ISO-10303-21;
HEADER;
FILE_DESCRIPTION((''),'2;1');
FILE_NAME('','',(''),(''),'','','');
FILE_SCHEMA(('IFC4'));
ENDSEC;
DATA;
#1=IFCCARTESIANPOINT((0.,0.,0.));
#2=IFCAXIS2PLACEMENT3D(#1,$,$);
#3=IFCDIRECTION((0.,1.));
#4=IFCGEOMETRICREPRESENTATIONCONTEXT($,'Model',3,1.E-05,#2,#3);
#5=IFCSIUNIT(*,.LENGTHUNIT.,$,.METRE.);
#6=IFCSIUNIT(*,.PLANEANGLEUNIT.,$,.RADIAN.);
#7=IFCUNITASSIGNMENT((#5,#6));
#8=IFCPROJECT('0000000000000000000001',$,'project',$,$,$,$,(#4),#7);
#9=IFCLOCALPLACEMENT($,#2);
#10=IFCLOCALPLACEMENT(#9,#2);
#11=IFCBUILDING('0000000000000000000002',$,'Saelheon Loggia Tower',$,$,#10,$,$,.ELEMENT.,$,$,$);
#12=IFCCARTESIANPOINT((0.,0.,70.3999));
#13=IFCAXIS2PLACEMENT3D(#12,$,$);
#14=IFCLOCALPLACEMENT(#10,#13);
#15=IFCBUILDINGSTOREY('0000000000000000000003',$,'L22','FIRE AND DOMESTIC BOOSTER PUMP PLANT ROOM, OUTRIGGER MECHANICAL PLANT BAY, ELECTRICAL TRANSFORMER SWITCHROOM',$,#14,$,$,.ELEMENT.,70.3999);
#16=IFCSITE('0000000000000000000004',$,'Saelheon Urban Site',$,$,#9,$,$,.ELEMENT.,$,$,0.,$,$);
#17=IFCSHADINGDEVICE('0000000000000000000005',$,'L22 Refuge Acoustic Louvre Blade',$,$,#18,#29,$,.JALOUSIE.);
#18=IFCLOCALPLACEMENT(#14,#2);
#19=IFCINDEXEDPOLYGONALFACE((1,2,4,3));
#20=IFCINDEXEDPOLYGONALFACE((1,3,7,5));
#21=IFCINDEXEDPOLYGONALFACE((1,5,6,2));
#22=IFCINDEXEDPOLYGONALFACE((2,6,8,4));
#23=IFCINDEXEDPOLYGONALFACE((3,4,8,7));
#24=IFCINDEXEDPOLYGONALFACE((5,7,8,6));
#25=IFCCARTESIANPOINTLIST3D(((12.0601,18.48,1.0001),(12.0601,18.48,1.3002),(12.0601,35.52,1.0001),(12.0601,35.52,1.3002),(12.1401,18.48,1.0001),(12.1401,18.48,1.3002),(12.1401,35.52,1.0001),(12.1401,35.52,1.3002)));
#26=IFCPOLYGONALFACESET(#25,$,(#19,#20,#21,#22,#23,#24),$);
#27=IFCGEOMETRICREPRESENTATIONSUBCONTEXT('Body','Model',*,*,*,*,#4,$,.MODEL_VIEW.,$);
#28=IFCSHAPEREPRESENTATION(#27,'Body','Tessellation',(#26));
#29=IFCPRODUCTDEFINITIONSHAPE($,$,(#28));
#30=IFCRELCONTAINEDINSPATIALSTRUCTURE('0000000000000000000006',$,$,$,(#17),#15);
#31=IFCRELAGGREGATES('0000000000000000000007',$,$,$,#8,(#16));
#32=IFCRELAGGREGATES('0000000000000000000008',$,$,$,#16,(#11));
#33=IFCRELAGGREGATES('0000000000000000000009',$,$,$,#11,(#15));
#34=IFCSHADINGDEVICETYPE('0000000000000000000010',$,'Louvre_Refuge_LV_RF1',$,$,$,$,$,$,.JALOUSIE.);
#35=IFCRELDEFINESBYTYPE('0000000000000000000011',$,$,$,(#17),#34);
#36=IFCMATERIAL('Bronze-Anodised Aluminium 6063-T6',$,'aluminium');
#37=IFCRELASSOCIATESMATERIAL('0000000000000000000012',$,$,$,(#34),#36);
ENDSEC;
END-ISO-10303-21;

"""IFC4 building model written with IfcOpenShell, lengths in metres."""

from ifc_helpers import new_model, si_unit, direction, frame, origin, origin_2d, place, context, subcontext, project, spatial, rectangle, extrude, source, transform, mapped, material, material_profile, profile_set, type_object, element, save


model = new_model("IFC4")

# Units and contexts
model_context = context("Model", 3, precision=1e-05, world=origin(), true_north=direction((0.0, 1.0)))
body_context = subcontext(model_context, "Body", "Model", "MODEL_VIEW")
ifc_project = project(units=[si_unit("LENGTHUNIT", "METRE"), si_unit("PLANEANGLEUNIT", "RADIAN")], contexts=[model_context])

# Site, building, storey
site_placement = place(None, origin())
site = spatial("IfcSite", under=ifc_project, at=site_placement, Name="Saelheon Urban Site", CompositionType="ELEMENT", RefElevation=0.0)
building_placement = place(site_placement, origin())
building = spatial("IfcBuilding", under=site, at=building_placement, Name="Saelheon Loggia Tower", CompositionType="ELEMENT")
storey_placement = place(building_placement, frame((0.0, 0.0, 70.3999)))
storey = spatial("IfcBuildingStorey", under=building, at=storey_placement, Name="L22", Description="FIRE AND DOMESTIC BOOSTER PUMP PLANT ROOM, OUTRIGGER MECHANICAL PLANT BAY, ELECTRICAL TRANSFORMER SWITCHROOM", CompositionType="ELEMENT", Elevation=70.3999)

# Shading device
ifc_material_1 = material(Name="Bronze-Anodised Aluminium 6063-T6", Category="aluminium")
ifc_material_profile_1 = material_profile(ifc_material_1, rectangle(XDim=0.0801, YDim=0.3, at=origin_2d()), Name="Louvre_Refuge_LV_RF1")
ifc_profile_set_1 = profile_set([ifc_material_profile_1], Name="Bronze-Anodised Aluminium 6063-T6")
shading_device_type = type_object("IfcShadingDeviceType", Name="Louvre_Refuge_LV_RF1", PredefinedType="JALOUSIE", material=ifc_profile_set_1)
shared_shape_1 = source(origin(), body_context, "Body", "SweptSolid", [
    extrude(rectangle(XDim=0.0801, YDim=0.3, at=origin_2d()), origin(), (0.0, 0.0, 1.0), 17.04),
])
shading_device_placement = place(storey_placement, frame((12.1001, 18.48, 1.1501), z_axis=(0.0, 1.0, 0.0), x_axis=(-1.0, 0.0, 0.0)))
element("IfcShadingDevice", 1, at=shading_device_placement, inside=storey, type_object=shading_device_type, Name="L22 Refuge Acoustic Louvre Blade", PredefinedType="JALOUSIE", context=body_context, shape_type="MappedRepresentation", body=[
    mapped(shared_shape_1, transform((0.0, 0.0, 0.0), scale=1.0)),
])

save(model, "model.ifc")
